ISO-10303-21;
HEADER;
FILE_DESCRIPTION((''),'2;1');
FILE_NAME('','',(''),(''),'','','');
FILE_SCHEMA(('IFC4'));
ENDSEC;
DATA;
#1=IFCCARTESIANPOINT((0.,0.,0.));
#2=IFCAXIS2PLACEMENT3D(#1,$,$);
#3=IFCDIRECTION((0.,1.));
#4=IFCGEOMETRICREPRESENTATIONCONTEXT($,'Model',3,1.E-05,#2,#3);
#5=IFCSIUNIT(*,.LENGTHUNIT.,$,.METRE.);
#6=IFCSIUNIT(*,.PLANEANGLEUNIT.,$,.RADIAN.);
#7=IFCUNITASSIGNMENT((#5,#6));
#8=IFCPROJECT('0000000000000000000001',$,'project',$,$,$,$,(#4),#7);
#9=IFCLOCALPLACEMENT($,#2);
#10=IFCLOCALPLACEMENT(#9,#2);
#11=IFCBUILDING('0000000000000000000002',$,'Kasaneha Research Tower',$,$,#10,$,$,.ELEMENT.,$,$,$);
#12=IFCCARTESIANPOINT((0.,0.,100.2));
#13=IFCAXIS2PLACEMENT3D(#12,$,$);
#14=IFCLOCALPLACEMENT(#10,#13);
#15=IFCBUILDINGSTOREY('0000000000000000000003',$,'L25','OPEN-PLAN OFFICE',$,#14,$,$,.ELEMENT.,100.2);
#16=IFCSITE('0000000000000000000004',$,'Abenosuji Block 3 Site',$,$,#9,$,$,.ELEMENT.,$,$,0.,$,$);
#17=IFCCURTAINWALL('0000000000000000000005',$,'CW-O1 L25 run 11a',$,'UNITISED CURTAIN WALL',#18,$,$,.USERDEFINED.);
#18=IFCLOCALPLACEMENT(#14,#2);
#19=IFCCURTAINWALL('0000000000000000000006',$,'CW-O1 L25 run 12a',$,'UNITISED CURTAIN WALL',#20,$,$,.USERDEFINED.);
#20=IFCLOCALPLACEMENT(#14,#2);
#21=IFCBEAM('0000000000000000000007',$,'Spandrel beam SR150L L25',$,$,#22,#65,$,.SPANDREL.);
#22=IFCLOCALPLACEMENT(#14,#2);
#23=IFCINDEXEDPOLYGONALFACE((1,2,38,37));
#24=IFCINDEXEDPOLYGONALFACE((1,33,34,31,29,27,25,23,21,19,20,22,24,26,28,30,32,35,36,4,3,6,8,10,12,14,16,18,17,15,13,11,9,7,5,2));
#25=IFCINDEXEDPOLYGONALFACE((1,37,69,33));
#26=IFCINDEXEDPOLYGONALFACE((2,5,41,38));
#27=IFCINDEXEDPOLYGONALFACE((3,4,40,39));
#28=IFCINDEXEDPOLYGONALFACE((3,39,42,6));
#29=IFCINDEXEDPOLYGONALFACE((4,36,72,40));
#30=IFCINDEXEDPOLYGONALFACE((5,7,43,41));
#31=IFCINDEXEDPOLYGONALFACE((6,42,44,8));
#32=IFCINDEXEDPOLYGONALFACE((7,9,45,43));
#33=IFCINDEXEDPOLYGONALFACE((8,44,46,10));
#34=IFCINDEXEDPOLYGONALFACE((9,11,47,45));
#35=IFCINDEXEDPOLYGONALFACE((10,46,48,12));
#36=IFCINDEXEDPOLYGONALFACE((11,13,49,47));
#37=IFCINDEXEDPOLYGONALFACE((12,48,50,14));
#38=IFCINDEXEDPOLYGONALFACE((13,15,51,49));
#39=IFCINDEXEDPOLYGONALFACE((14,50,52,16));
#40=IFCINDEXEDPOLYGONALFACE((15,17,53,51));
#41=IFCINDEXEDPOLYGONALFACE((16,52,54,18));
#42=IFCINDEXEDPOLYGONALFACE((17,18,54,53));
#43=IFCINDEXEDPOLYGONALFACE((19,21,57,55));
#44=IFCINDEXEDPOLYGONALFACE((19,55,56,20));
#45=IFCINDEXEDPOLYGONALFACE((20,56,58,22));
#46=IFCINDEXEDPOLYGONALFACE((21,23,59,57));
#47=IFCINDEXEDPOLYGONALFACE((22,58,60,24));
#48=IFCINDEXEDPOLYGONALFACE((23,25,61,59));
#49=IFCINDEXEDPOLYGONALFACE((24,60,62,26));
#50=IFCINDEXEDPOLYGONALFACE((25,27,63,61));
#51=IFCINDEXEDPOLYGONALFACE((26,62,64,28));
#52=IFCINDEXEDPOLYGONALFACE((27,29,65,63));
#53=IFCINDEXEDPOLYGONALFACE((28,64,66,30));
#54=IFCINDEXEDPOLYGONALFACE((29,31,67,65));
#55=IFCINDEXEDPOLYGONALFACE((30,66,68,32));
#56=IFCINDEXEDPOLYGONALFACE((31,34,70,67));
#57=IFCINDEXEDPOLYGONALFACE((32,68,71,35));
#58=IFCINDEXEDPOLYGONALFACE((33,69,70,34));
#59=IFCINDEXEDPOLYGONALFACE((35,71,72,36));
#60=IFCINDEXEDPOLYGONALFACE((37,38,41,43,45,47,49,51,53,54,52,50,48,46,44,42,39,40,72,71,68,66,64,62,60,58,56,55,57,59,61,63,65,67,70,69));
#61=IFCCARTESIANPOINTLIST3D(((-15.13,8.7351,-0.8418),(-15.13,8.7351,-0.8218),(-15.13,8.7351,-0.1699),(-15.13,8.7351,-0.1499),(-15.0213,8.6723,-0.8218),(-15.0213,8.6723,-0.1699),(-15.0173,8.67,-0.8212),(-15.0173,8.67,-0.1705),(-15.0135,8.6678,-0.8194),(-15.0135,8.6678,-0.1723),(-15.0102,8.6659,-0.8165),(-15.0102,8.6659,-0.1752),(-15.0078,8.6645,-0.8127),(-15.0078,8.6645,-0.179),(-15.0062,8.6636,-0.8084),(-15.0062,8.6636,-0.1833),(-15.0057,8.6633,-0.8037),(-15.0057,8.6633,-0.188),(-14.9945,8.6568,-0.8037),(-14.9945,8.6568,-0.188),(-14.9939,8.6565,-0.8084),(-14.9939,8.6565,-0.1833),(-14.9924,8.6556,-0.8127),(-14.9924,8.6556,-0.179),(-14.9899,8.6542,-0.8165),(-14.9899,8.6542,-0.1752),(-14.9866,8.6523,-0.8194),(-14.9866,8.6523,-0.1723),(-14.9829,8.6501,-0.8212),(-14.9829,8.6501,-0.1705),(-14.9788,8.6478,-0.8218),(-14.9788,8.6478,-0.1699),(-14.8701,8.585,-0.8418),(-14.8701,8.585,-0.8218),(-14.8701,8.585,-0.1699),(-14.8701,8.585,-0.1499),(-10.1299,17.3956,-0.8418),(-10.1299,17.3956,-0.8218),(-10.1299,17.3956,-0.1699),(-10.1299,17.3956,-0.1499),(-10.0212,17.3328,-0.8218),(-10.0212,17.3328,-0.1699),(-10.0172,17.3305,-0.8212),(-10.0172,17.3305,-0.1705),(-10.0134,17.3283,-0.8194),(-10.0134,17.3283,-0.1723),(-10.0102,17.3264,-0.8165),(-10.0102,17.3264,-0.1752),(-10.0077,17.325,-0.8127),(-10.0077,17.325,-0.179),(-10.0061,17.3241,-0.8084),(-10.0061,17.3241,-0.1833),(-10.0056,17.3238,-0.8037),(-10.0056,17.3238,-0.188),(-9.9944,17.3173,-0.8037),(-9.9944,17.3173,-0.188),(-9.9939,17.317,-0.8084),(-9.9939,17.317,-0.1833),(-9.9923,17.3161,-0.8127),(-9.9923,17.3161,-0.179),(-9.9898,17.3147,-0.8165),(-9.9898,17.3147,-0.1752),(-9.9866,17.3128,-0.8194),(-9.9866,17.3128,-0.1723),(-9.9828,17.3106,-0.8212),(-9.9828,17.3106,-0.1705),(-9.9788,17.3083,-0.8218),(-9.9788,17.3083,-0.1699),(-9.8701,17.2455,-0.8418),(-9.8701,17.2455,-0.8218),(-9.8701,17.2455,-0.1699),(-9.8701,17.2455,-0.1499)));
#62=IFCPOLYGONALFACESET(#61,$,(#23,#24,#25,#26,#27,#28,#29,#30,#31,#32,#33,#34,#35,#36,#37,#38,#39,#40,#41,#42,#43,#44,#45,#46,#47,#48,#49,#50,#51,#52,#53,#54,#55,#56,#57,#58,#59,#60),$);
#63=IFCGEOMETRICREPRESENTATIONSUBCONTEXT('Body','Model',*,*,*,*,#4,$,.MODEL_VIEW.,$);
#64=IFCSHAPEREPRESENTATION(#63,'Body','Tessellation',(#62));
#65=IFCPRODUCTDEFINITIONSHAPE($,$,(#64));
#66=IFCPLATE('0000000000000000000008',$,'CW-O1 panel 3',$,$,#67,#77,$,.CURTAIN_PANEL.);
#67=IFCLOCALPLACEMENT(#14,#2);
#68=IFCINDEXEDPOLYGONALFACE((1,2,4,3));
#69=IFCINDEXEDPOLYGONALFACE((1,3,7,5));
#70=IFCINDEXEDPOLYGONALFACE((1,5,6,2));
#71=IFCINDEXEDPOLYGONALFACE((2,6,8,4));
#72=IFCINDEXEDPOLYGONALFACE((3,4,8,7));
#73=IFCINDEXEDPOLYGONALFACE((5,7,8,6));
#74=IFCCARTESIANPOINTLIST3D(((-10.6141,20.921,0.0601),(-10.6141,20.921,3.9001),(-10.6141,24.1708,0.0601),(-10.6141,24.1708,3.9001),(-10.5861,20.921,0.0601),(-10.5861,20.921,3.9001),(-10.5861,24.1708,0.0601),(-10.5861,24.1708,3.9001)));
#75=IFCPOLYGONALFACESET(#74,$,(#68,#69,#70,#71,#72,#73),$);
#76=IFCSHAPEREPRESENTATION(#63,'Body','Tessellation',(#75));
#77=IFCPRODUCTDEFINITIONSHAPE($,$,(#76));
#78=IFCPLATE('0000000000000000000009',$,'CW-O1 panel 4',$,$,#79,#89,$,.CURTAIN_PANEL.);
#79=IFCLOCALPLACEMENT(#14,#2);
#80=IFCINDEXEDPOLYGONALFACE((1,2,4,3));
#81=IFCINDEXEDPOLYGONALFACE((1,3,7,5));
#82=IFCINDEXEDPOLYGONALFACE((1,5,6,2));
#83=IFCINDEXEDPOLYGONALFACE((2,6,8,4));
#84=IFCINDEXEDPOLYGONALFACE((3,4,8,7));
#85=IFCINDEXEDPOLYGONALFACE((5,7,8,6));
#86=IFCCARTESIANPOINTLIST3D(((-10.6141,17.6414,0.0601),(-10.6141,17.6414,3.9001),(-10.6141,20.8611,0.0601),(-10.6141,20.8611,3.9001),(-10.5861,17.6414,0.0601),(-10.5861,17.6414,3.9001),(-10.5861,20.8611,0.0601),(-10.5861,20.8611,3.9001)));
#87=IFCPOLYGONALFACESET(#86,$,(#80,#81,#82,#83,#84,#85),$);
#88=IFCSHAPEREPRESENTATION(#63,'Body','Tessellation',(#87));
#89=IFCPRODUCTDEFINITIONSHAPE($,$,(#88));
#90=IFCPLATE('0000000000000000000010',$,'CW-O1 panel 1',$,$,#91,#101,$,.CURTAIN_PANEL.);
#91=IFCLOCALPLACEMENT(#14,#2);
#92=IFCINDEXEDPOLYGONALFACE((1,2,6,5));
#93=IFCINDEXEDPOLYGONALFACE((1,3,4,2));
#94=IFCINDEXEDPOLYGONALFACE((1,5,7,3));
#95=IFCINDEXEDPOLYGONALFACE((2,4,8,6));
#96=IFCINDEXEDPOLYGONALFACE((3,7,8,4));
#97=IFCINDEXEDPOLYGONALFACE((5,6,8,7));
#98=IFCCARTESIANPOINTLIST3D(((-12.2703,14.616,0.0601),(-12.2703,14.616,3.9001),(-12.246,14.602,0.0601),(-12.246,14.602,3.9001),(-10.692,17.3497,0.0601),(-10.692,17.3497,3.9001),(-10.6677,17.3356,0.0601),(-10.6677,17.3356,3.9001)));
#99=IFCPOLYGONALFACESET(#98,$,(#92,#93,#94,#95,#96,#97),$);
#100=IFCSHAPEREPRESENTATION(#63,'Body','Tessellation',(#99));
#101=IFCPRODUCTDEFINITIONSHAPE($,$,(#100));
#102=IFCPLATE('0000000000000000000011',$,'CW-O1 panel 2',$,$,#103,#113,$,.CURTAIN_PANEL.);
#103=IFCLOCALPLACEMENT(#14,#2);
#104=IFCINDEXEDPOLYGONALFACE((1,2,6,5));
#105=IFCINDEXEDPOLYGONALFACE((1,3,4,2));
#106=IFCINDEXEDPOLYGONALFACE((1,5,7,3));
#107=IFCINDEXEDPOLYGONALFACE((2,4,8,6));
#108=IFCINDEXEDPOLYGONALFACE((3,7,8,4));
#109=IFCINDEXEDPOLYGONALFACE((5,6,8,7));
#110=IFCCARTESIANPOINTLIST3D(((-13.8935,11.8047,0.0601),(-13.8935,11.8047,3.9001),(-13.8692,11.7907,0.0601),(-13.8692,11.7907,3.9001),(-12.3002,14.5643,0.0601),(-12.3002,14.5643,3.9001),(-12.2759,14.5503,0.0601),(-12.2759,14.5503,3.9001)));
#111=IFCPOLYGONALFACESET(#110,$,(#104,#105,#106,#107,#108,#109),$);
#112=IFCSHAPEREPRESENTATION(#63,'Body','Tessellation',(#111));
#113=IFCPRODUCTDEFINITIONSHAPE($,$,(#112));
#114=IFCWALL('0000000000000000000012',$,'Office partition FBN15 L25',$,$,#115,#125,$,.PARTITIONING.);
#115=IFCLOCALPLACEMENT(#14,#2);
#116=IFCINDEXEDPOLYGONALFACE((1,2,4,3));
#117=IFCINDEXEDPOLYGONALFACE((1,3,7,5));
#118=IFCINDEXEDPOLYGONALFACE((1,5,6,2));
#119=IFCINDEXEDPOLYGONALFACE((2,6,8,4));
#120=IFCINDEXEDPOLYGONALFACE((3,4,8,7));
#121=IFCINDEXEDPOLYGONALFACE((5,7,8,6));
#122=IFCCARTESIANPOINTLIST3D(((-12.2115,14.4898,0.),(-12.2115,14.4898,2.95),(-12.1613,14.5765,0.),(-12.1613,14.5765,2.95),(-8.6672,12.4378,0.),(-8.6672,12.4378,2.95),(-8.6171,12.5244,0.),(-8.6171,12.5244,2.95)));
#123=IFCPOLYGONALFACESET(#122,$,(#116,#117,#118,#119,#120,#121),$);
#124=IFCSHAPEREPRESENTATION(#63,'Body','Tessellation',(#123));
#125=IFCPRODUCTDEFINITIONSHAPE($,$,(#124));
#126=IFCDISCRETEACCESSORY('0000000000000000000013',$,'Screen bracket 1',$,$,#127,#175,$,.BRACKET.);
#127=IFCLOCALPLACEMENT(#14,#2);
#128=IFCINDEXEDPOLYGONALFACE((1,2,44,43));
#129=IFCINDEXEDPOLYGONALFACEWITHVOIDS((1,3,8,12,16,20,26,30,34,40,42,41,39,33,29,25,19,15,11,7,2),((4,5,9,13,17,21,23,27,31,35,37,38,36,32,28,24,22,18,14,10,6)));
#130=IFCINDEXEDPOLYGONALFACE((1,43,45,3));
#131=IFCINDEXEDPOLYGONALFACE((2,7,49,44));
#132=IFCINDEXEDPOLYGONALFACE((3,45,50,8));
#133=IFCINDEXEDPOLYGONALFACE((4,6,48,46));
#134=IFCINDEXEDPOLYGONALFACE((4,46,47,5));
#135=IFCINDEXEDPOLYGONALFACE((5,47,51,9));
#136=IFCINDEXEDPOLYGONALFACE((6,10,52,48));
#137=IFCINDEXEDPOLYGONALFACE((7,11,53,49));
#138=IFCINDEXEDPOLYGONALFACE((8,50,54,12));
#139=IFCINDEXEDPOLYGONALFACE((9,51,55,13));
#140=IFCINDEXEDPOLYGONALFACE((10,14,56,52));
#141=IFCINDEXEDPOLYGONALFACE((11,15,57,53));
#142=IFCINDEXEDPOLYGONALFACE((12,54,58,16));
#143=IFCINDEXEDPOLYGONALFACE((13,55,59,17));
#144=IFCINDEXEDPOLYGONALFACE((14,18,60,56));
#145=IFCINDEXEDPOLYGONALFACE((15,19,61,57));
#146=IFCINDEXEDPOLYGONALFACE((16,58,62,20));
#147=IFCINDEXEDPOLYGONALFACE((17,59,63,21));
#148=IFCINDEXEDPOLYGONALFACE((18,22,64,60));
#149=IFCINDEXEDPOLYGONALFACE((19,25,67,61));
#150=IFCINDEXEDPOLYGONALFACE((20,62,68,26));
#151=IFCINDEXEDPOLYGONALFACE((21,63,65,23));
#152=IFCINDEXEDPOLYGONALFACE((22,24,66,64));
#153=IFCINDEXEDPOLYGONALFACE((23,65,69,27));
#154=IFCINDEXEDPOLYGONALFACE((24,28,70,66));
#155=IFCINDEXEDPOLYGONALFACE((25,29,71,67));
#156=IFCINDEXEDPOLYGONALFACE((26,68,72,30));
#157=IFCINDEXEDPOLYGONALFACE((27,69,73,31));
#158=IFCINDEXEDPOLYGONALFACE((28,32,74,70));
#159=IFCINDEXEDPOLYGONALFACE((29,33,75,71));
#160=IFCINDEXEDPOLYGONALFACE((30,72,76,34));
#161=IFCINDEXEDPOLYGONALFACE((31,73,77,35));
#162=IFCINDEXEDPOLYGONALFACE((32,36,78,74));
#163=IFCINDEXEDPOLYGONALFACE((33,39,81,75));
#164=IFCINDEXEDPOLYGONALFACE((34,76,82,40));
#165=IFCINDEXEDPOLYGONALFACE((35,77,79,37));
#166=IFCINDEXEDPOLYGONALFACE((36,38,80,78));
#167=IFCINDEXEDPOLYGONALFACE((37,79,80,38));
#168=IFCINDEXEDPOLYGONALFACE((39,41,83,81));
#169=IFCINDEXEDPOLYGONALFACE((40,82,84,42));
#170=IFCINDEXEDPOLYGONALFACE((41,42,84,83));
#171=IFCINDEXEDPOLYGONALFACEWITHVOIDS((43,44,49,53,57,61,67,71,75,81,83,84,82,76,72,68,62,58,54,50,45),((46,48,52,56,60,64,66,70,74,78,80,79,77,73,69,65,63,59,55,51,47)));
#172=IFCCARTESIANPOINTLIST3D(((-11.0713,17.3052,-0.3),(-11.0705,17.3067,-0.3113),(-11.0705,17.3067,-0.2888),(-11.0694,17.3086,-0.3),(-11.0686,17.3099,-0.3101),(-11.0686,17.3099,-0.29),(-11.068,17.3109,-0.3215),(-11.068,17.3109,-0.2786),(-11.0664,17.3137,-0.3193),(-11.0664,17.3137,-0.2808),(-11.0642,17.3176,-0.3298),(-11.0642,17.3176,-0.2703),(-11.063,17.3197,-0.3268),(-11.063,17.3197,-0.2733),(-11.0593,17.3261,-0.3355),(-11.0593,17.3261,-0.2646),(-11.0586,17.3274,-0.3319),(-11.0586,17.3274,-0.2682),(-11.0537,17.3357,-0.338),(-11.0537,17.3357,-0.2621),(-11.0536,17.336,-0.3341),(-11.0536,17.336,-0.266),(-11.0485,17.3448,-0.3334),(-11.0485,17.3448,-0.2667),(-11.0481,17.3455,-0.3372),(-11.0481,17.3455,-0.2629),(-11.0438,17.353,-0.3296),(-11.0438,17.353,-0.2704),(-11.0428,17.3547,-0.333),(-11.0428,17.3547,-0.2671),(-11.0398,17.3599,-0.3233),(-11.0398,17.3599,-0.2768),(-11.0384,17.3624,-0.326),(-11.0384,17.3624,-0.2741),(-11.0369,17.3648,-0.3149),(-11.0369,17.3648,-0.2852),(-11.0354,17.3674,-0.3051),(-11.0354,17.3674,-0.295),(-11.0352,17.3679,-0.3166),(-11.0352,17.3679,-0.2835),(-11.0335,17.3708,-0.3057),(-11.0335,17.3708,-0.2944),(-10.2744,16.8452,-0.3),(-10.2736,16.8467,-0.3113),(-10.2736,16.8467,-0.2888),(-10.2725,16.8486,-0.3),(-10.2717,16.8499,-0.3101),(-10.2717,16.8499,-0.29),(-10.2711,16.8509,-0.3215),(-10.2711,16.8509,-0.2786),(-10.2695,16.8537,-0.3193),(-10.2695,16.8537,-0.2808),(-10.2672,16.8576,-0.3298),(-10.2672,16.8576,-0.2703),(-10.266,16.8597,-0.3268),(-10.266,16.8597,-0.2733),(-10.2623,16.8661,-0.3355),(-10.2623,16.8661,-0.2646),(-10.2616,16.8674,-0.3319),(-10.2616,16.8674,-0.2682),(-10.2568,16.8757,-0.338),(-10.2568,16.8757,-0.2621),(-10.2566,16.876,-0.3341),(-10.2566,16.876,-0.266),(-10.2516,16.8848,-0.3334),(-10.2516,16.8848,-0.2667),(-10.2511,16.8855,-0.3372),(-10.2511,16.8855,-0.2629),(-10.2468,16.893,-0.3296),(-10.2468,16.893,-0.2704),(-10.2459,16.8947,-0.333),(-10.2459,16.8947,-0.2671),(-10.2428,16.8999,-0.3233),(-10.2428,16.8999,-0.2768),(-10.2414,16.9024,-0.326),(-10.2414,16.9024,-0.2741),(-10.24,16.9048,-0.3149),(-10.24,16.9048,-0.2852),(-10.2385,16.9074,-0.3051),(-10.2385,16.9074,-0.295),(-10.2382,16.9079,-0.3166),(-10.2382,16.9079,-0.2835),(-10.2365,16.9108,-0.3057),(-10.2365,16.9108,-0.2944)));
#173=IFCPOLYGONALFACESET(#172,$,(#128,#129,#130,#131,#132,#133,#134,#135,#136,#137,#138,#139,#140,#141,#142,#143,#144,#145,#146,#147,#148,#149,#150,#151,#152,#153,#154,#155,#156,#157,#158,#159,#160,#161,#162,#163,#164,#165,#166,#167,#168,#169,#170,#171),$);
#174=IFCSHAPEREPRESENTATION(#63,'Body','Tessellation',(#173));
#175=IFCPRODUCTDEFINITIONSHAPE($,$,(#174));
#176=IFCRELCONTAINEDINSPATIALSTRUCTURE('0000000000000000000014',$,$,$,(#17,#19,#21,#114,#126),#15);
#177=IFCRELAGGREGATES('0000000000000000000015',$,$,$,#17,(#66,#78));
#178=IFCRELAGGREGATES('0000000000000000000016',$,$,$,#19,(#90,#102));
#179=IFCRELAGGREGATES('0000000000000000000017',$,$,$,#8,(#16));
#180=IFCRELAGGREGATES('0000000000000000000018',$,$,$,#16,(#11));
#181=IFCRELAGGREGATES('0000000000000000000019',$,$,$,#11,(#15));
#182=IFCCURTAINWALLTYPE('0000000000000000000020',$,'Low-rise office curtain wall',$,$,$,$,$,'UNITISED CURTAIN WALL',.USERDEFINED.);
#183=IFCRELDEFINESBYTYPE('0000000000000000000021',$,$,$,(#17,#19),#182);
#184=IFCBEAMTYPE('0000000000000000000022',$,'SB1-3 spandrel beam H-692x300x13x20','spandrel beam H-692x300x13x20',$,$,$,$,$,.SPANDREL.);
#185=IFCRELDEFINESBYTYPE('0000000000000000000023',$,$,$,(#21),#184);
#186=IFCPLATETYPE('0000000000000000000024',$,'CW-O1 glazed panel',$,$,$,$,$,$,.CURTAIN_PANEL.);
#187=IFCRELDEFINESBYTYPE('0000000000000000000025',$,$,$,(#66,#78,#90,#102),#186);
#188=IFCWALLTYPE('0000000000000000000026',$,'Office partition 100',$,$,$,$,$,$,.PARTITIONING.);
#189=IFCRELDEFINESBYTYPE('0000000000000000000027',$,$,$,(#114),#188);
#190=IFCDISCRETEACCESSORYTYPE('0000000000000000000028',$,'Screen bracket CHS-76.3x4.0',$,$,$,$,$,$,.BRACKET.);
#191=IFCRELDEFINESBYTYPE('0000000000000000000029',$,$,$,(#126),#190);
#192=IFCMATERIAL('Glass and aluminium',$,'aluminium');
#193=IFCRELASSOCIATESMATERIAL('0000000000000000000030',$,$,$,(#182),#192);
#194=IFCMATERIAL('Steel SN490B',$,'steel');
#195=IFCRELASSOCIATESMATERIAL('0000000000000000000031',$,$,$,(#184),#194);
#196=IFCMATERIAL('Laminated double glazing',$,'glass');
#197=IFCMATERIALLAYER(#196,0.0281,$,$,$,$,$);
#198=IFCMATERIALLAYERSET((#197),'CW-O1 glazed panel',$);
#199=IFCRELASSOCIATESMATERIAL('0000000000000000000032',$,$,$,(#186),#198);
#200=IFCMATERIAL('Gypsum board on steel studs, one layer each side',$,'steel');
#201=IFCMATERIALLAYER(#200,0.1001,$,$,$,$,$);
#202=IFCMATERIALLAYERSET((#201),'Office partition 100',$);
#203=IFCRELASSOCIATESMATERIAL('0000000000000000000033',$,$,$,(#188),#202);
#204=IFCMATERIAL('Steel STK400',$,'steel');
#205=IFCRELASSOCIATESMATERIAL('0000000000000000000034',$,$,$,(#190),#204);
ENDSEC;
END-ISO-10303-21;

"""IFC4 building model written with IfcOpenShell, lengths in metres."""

from ifc_helpers import new_model, si_unit, direction, frame, frame_2d, origin, origin_2d, place, context, subcontext, project, spatial, rectangle, hollow_circle, i_section, extrude, material, layer, layer_set, material_profile, profile_set, type_object, element, aggregate, save


model = new_model("IFC4")

# Units and contexts
model_context = context("Model", 3, precision=1e-05, world=origin(), true_north=direction((0.0, 1.0)))
body_context = subcontext(model_context, "Body", "Model", "MODEL_VIEW")
ifc_project = project(units=[si_unit("LENGTHUNIT", "METRE"), si_unit("PLANEANGLEUNIT", "RADIAN")], contexts=[model_context])

# Site, building, storey
site_placement = place(None, origin())
site = spatial("IfcSite", under=ifc_project, at=site_placement, Name="Abenosuji Block 3 Site", CompositionType="ELEMENT", RefElevation=0.0)
building_placement = place(site_placement, origin())
building = spatial("IfcBuilding", under=site, at=building_placement, Name="Kasaneha Research Tower", CompositionType="ELEMENT")
storey_placement = place(building_placement, frame((0.0, 0.0, 100.2)))
storey = spatial("IfcBuildingStorey", under=building, at=storey_placement, Name="L25", Description="OPEN-PLAN OFFICE", CompositionType="ELEMENT", Elevation=100.2)

# Curtain walls
ifc_material_1 = material(Name="Glass and aluminium", Category="aluminium")
curtain_wall_type = type_object("IfcCurtainWallType", Name="Low-rise office curtain wall", ElementType="UNITISED CURTAIN WALL", PredefinedType="USERDEFINED", material=ifc_material_1)
curtain_wall_1_placement = place(storey_placement, origin())
curtain_wall_1 = element("IfcCurtainWall", 1, at=curtain_wall_1_placement, inside=storey, type_object=curtain_wall_type, Name="CW-O1 L25 run 11a", ObjectType="UNITISED CURTAIN WALL", PredefinedType="USERDEFINED")
curtain_wall_2_placement = place(storey_placement, origin())
curtain_wall_2 = element("IfcCurtainWall", 2, at=curtain_wall_2_placement, inside=storey, type_object=curtain_wall_type, Name="CW-O1 L25 run 12a", ObjectType="UNITISED CURTAIN WALL", PredefinedType="USERDEFINED")

# Beam
ifc_material_2 = material(Name="Steel SN490B", Category="steel")
ifc_material_profile_1 = material_profile(ifc_material_2, i_section(OverallWidth=0.3, OverallDepth=0.6919, WebThickness=0.0129, FlangeThickness=0.02, FilletRadius=0.0181, at=origin_2d()), Name="H-692x300x13x20")
ifc_profile_set_1 = profile_set([ifc_material_profile_1], Name="Steel SN490B")
beam_type_1 = type_object("IfcBeamType", Name="SB1-3 spandrel beam H-692x300x13x20", Description="spandrel beam H-692x300x13x20", PredefinedType="SPANDREL", material=ifc_profile_set_1)
beam_1_placement = place(storey_placement, frame((-10.0, 17.3206, -0.4958), z_axis=(-0.499994, -0.866029, 0.0), x_axis=(0.866029, -0.499994, 0.0)))
element("IfcBeam", 3, at=beam_1_placement, inside=storey, type_object=beam_type_1, Name="Spandrel beam SR150L L25", PredefinedType="SPANDREL", context=body_context, shape_type="SweptSolid", body=[
    extrude(i_section(OverallWidth=0.3, OverallDepth=0.6919, WebThickness=0.0129, FlangeThickness=0.02, FilletRadius=0.0181, at=origin_2d()), origin(), (0.0, 0.0, 1.0), 10.0002),
])

# Plates
ifc_material_3 = material(Name="Laminated double glazing", Category="glass")
ifc_layer_1 = layer(ifc_material_3, 0.0281)
ifc_layer_set_1 = layer_set([ifc_layer_1], Name="CW-O1 glazed panel")
plate_type = type_object("IfcPlateType", Name="CW-O1 glazed panel", PredefinedType="CURTAIN_PANEL", material=ifc_layer_set_1)
plate_1_placement = place(storey_placement, frame((-10.6001, 22.5459, 0.0601), z_axis=(0.0, 0.0, 1.0), x_axis=(0.0, -1.0, 0.0)))
plate_1 = element("IfcPlate", 4, at=plate_1_placement, type_object=plate_type, Name="CW-O1 panel 3", PredefinedType="CURTAIN_PANEL", context=body_context, shape_type="SweptSolid", body=[
    extrude(rectangle(XDim=3.2498, YDim=0.0281, at=origin_2d()), origin(), (0.0, 0.0, 1.0), 3.8401),
])
plate_2_placement = place(storey_placement, frame((-10.6001, 19.2512, 0.0601), z_axis=(0.0, 0.0, 1.0), x_axis=(0.0, -1.0, 0.0)))
plate_2 = element("IfcPlate", 5, at=plate_2_placement, type_object=plate_type, Name="CW-O1 panel 4", PredefinedType="CURTAIN_PANEL", context=body_context, shape_type="SweptSolid", body=[
    extrude(rectangle(XDim=3.2197, YDim=0.0281, at=origin_2d()), origin(), (0.0, 0.0, 1.0), 3.8401),
])
aggregate(curtain_wall_1, [plate_1, plate_2])
plate_3_placement = place(storey_placement, frame((-11.469, 15.9758, 0.0601), z_axis=(0.0, 0.0, 1.0), x_axis=(-0.5, -0.866025, 0.0)))
plate_3 = element("IfcPlate", 6, at=plate_3_placement, type_object=plate_type, Name="CW-O1 panel 1", PredefinedType="CURTAIN_PANEL", context=body_context, shape_type="SweptSolid", body=[
    extrude(rectangle(XDim=3.1565, YDim=0.0281, at=origin_2d()), origin(), (0.0, 0.0, 1.0), 3.8401),
])
plate_4_placement = place(storey_placement, frame((-13.0847, 13.1775, 0.0601), z_axis=(0.0, 0.0, 1.0), x_axis=(-0.5, -0.866025, 0.0)))
plate_4 = element("IfcPlate", 7, at=plate_4_placement, type_object=plate_type, Name="CW-O1 panel 2", PredefinedType="CURTAIN_PANEL", context=body_context, shape_type="SweptSolid", body=[
    extrude(rectangle(XDim=3.1865, YDim=0.0281, at=origin_2d()), origin(), (0.0, 0.0, 1.0), 3.8401),
])
aggregate(curtain_wall_2, [plate_3, plate_4])

# Wall
ifc_material_4 = material(Name="Gypsum board on steel studs, one layer each side", Category="steel")
ifc_layer_2 = layer(ifc_material_4, 0.1001)
ifc_layer_set_2 = layer_set([ifc_layer_2], Name="Office partition 100")
wall_type = type_object("IfcWallType", Name="Office partition 100", PredefinedType="PARTITIONING", material=ifc_layer_set_2)
wall_placement = place(storey_placement, frame((-12.1865, 14.5332, 0.0), z_axis=(0.0, 0.0, 1.0), x_axis=(0.865415, -0.501055, 0.0)))
element("IfcWall", 8, at=wall_placement, inside=storey, type_object=wall_type, Name="Office partition FBN15 L25", PredefinedType="PARTITIONING", context=body_context, shape_type="SweptSolid", body=[
    extrude(rectangle(XDim=4.0955, YDim=0.1001, at=frame_2d((2.0479, 0.0))), origin(), (0.0, 0.0, 1.0), 2.95),
])

# Discrete accessory
ifc_material_5 = material(Name="Steel STK400", Category="steel")
ifc_material_profile_2 = material_profile(ifc_material_5, hollow_circle(Radius=0.0381, WallThickness=0.0039, at=origin_2d()), Name="CHS-76.3x4.0")
ifc_profile_set_2 = profile_set([ifc_material_profile_2], Name="Steel STK400")
discrete_accessory_type = type_object("IfcDiscreteAccessoryType", Name="Screen bracket CHS-76.3x4.0", PredefinedType="BRACKET", material=ifc_profile_set_2)
discrete_accessory_1_placement = place(storey_placement, frame((-10.2554, 16.8782, -0.3), z_axis=(-0.86608, 0.499906, 0.0), x_axis=(-0.499906, -0.86608, 0.0)))
element("IfcDiscreteAccessory", 9, at=discrete_accessory_1_placement, inside=storey, type_object=discrete_accessory_type, Name="Screen bracket 1", PredefinedType="BRACKET", context=body_context, shape_type="SweptSolid", body=[
    extrude(hollow_circle(Radius=0.0381, WallThickness=0.0039, at=origin_2d()), origin(), (0.0, 0.0, 1.0), 0.9202),
])

save(model, "model.ifc")
